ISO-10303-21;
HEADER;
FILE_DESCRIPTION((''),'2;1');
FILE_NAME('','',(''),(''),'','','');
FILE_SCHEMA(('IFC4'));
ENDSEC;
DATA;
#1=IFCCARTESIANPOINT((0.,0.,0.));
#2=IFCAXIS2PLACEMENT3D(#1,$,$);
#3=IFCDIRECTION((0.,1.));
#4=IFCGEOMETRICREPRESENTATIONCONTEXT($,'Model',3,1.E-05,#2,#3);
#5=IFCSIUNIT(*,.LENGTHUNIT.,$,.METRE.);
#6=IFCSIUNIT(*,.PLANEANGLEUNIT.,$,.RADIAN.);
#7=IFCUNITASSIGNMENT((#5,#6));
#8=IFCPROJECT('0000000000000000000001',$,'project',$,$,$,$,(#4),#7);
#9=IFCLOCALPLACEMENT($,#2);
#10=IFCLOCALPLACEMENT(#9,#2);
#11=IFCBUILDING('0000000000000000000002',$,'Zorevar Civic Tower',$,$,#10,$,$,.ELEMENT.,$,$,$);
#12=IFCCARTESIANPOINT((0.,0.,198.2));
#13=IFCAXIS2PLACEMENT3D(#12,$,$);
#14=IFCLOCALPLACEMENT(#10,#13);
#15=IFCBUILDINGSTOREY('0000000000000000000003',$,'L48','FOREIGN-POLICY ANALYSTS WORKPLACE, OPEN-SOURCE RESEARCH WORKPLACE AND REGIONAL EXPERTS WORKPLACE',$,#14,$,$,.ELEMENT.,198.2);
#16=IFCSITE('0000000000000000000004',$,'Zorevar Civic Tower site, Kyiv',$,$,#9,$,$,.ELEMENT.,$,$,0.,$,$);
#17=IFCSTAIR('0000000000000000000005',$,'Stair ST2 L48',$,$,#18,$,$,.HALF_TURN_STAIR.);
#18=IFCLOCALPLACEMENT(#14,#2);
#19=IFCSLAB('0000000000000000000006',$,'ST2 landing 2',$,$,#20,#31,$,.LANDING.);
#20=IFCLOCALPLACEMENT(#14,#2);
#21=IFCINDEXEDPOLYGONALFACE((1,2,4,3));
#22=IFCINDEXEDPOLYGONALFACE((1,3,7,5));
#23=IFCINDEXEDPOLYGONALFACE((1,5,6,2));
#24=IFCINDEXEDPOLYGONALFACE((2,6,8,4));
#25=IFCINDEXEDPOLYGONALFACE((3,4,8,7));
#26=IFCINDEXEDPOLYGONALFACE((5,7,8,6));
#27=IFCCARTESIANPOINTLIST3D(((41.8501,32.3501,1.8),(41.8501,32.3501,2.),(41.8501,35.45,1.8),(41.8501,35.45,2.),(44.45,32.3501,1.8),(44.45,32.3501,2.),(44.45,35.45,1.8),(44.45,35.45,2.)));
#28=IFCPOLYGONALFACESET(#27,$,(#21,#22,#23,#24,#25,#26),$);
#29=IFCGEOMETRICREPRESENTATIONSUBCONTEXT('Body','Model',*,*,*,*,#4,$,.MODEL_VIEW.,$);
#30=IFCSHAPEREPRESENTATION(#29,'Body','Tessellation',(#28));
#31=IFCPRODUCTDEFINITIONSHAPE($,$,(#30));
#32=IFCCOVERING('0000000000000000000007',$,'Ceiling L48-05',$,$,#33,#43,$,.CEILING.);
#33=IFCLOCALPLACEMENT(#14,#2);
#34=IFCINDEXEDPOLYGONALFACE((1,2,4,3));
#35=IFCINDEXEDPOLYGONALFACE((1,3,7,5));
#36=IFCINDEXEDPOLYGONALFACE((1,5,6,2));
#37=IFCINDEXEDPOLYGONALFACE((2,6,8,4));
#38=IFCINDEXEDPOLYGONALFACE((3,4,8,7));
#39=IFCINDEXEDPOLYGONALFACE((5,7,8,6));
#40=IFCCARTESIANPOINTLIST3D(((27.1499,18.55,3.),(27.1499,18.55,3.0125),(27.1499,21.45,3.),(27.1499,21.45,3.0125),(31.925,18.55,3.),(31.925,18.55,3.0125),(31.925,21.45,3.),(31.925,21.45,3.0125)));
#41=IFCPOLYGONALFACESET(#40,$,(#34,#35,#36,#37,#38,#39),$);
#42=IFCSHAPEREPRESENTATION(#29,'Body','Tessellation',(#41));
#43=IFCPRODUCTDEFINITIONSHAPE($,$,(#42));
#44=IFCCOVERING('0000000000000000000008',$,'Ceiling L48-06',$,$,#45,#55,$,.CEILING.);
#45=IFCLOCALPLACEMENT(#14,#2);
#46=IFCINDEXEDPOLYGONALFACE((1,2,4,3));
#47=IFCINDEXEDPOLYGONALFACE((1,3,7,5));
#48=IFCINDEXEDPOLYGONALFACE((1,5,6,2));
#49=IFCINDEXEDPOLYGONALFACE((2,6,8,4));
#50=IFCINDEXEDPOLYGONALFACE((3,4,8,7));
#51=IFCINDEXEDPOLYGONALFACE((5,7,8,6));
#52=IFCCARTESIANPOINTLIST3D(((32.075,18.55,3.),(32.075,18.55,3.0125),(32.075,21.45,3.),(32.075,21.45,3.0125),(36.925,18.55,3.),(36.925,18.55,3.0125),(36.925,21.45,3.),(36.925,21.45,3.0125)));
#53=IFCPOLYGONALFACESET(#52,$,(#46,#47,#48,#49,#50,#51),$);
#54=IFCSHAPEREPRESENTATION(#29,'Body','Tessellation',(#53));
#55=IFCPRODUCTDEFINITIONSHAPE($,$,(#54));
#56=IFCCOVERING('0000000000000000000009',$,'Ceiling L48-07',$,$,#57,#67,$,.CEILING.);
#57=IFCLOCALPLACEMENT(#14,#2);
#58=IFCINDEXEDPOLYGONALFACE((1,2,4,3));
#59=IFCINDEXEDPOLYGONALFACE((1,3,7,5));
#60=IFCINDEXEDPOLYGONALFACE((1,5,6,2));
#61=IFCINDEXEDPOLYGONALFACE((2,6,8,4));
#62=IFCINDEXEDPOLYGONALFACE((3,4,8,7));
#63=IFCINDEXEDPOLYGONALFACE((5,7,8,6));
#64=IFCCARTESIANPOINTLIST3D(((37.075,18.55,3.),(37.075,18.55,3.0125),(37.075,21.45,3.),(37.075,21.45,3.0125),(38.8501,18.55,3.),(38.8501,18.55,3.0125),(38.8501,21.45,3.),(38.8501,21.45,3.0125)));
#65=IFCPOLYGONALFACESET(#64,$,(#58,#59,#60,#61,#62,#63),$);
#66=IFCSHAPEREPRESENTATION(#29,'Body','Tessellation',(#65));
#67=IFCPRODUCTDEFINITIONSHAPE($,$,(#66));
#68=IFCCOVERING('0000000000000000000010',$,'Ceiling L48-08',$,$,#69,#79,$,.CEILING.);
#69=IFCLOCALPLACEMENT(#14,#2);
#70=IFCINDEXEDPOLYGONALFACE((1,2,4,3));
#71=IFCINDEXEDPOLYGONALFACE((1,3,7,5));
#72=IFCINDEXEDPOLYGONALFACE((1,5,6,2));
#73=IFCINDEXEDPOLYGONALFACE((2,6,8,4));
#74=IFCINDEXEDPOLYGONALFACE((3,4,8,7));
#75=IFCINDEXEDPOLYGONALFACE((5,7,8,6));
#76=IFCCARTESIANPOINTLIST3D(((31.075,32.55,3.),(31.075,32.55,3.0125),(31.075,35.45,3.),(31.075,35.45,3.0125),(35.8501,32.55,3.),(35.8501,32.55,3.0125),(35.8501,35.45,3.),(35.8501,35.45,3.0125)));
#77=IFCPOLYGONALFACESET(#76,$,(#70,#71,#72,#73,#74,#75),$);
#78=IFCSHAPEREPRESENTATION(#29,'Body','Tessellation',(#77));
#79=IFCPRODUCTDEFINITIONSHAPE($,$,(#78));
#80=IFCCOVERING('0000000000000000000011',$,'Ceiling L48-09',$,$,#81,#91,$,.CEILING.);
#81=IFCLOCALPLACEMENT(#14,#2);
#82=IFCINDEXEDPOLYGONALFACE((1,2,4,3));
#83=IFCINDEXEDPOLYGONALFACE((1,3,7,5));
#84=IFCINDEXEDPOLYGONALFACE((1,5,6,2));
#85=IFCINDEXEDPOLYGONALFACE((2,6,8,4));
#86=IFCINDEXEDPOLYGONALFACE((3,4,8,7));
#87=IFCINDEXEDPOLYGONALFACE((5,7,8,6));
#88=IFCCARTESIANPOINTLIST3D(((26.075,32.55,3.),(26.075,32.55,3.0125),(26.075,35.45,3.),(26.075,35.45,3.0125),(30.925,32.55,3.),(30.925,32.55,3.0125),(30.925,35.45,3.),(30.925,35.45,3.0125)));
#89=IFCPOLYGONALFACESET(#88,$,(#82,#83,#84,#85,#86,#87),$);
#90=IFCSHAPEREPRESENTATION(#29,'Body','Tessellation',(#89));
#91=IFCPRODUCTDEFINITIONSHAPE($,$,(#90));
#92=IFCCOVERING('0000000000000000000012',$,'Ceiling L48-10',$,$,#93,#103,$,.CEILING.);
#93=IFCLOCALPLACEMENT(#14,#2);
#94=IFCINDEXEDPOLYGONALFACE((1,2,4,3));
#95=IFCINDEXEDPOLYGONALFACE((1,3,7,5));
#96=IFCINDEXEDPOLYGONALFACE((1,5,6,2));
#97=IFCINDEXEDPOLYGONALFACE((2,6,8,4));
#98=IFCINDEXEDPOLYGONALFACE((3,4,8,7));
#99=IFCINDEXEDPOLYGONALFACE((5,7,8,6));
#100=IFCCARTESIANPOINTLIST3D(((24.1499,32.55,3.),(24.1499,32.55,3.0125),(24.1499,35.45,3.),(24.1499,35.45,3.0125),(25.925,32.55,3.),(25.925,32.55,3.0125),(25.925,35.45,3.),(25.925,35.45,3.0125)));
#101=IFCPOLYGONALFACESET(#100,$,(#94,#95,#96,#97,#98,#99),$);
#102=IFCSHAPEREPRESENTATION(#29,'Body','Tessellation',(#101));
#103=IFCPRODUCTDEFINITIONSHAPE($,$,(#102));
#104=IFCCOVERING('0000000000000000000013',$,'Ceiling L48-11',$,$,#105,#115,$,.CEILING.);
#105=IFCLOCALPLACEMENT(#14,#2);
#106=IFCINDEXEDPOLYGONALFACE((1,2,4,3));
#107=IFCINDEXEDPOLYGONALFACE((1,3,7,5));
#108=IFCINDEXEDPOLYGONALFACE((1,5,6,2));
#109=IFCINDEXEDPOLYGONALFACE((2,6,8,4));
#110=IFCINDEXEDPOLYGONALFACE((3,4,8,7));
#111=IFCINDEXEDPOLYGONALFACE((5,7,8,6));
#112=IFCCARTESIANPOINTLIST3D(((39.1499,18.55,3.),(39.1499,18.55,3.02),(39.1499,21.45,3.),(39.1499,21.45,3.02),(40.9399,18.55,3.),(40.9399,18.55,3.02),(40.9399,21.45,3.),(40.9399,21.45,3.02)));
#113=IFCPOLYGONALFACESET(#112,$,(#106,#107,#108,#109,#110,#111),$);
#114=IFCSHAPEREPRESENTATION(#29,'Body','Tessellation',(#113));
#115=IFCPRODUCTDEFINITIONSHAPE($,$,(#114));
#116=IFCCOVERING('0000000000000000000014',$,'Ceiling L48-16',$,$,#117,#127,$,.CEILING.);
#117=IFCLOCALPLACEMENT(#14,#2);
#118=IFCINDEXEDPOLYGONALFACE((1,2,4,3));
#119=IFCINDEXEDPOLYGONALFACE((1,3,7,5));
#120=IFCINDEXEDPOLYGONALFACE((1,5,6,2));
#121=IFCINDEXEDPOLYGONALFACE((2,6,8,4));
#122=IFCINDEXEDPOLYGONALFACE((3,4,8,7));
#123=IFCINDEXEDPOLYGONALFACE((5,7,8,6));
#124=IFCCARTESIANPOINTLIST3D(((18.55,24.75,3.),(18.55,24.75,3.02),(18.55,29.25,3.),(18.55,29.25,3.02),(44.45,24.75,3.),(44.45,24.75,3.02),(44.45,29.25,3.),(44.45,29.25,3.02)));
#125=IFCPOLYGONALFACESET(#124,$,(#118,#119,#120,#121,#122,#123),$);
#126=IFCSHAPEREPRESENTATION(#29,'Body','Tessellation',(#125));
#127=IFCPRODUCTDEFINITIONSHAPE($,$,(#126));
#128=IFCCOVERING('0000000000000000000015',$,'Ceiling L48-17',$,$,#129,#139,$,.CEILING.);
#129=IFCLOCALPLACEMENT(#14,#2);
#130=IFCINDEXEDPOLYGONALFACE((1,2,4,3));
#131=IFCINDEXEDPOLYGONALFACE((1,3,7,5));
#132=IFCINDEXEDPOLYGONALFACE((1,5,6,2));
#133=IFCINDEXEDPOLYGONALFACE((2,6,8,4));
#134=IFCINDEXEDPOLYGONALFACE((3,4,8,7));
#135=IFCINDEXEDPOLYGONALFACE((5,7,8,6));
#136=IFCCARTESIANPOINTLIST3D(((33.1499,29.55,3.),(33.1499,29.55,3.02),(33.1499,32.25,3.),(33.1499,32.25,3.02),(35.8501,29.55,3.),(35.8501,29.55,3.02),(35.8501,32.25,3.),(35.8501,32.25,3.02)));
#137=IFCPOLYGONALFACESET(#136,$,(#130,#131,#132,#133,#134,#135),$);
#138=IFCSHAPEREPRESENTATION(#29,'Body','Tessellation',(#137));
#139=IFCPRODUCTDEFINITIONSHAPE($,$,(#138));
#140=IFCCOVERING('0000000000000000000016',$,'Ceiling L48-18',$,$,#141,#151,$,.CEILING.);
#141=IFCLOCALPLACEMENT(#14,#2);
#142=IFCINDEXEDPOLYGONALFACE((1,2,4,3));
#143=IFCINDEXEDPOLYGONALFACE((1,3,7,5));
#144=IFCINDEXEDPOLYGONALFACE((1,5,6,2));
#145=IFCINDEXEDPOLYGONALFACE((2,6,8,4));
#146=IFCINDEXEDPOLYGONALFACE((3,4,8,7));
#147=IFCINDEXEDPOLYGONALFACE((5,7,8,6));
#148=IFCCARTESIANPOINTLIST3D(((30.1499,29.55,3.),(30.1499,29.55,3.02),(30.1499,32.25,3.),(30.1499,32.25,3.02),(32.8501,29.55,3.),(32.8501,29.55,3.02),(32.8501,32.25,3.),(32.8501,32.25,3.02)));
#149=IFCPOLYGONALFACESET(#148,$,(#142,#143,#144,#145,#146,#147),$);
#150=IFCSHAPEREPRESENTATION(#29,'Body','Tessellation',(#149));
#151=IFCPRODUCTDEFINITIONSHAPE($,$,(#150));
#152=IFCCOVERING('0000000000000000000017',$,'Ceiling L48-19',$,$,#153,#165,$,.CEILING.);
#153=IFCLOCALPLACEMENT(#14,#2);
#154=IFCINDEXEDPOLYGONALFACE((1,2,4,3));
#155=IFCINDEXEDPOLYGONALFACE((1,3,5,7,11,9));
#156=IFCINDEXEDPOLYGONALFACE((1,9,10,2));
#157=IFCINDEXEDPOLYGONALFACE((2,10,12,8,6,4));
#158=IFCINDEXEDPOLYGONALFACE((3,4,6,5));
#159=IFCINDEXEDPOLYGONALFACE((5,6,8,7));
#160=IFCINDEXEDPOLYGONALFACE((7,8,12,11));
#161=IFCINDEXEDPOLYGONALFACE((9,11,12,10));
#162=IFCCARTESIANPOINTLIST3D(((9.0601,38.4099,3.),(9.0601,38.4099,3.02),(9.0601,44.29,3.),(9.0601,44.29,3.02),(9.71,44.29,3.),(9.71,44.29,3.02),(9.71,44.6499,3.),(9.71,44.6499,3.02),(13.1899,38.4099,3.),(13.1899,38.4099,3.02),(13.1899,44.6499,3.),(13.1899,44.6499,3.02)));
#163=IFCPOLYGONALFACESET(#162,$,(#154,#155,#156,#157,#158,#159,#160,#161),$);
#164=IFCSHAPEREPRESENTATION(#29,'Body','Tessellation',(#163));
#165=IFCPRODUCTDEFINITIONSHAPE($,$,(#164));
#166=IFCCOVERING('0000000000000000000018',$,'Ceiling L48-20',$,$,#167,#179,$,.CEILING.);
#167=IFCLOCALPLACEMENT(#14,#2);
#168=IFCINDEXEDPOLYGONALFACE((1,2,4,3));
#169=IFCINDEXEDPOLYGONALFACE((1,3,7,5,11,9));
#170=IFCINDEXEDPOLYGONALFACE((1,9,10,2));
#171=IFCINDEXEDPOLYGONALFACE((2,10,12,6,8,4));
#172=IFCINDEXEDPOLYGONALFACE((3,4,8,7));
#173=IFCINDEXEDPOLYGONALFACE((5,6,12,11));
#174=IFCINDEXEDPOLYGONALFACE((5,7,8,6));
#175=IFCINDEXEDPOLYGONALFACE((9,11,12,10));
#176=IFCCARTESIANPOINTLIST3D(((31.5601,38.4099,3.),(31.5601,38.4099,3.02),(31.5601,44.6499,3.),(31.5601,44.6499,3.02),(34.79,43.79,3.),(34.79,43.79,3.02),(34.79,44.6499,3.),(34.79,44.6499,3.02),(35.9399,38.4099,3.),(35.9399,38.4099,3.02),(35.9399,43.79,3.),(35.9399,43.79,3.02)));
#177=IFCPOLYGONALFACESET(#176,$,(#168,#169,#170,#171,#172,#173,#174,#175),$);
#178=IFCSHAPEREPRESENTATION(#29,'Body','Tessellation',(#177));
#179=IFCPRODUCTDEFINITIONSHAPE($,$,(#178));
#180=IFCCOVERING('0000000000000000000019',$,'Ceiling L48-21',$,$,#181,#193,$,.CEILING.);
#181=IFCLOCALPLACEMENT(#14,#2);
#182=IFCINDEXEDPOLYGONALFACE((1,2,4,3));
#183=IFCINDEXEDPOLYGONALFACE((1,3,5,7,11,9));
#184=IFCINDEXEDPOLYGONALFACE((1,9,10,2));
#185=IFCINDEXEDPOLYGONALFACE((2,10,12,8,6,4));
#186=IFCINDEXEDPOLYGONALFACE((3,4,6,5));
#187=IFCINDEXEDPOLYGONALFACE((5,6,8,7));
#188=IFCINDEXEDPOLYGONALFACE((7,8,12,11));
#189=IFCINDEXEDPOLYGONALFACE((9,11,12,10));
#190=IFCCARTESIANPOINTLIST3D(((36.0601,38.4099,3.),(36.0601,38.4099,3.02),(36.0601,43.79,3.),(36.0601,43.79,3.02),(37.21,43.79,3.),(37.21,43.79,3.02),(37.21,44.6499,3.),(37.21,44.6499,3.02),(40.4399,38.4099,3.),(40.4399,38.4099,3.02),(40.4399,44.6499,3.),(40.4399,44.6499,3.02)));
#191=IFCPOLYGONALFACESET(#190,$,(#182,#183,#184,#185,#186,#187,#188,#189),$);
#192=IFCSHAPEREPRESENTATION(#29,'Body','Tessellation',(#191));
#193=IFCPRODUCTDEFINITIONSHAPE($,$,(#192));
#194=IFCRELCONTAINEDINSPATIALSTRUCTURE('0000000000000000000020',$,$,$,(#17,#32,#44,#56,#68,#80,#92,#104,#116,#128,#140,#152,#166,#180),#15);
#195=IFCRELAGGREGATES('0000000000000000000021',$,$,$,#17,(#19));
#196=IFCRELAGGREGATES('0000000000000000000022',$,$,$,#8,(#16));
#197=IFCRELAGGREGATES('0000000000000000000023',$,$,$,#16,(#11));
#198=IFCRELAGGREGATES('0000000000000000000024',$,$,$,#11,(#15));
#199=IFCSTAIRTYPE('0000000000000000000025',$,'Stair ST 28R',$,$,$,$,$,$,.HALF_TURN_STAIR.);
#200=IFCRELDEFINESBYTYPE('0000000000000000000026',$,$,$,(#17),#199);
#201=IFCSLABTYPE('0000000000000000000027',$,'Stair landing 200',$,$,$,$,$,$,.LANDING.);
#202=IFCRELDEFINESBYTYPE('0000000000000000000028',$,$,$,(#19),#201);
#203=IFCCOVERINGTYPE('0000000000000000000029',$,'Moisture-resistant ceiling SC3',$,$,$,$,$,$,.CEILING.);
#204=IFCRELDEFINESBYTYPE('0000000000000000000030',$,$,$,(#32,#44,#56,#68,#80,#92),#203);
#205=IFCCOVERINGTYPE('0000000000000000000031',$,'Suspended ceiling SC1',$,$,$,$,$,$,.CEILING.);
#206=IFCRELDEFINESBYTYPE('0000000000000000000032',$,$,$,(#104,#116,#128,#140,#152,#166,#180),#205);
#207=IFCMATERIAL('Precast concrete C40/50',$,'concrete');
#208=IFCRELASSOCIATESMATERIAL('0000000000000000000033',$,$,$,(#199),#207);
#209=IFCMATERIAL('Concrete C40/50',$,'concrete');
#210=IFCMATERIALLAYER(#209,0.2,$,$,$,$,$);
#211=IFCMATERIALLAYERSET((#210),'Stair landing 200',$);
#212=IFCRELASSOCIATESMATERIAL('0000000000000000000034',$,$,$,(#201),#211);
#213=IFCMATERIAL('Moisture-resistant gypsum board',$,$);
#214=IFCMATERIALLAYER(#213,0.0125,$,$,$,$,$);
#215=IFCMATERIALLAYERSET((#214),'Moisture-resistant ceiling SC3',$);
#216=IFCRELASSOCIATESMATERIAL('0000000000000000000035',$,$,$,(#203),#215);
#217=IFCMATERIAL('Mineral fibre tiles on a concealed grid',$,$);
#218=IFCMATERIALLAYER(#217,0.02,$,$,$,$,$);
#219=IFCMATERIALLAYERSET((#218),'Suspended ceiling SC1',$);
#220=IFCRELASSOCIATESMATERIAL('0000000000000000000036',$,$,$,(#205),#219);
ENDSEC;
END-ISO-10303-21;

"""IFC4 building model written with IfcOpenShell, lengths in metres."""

from ifc_helpers import new_model, si_unit, direction, frame, origin, place, context, subcontext, project, spatial, polyline, outline, extrude, material, layer, layer_set, type_object, element, aggregate, save


model = new_model("IFC4")

# Units and contexts
model_context = context("Model", 3, precision=1e-05, world=origin(), true_north=direction((0.0, 1.0)))
body_context = subcontext(model_context, "Body", "Model", "MODEL_VIEW")
ifc_project = project(units=[si_unit("LENGTHUNIT", "METRE"), si_unit("PLANEANGLEUNIT", "RADIAN")], contexts=[model_context])

# Site, building, storey
site_placement = place(None, origin())
site = spatial("IfcSite", under=ifc_project, at=site_placement, Name="Zorevar Civic Tower site, Kyiv", CompositionType="ELEMENT", RefElevation=0.0)
building_placement = place(site_placement, origin())
building = spatial("IfcBuilding", under=site, at=building_placement, Name="Zorevar Civic Tower", CompositionType="ELEMENT")
storey_placement = place(building_placement, frame((0.0, 0.0, 198.2)))
storey = spatial("IfcBuildingStorey", under=building, at=storey_placement, Name="L48", Description="FOREIGN-POLICY ANALYSTS WORKPLACE, OPEN-SOURCE RESEARCH WORKPLACE AND REGIONAL EXPERTS WORKPLACE", CompositionType="ELEMENT", Elevation=198.2)

# Stair, slab
ifc_material_1 = material(Name="Precast concrete C40/50", Category="concrete")
stair_type = type_object("IfcStairType", Name="Stair ST 28R", PredefinedType="HALF_TURN_STAIR", material=ifc_material_1)
ifc_material_2 = material(Name="Concrete C40/50", Category="concrete")
ifc_layer_1 = layer(ifc_material_2, 0.2)
ifc_layer_set_1 = layer_set([ifc_layer_1], Name="Stair landing 200")
slab_type_1 = type_object("IfcSlabType", Name="Stair landing 200", PredefinedType="LANDING", material=ifc_layer_set_1)
stair_1_placement = place(storey_placement, origin())
stair_1 = element("IfcStair", 1, at=stair_1_placement, inside=storey, type_object=stair_type, Name="Stair ST2 L48", PredefinedType="HALF_TURN_STAIR")
slab_1_placement = place(storey_placement, frame((0.0, 0.0, 1.8)))
slab_1 = element("IfcSlab", 2, at=slab_1_placement, type_object=slab_type_1, Name="ST2 landing 2", PredefinedType="LANDING", context=body_context, shape_type="SweptSolid", body=[
    extrude(outline(polyline([(44.45, 32.3501), (41.8501, 32.3501), (41.8501, 35.45), (44.45, 35.45), (44.45, 32.3501)])), origin(), (0.0, 0.0, 1.0), 0.2),
])
aggregate(stair_1, [slab_1])

# Coverings
ifc_material_3 = material(Name="Moisture-resistant gypsum board")
ifc_layer_2 = layer(ifc_material_3, 0.0125)
ifc_layer_set_2 = layer_set([ifc_layer_2], Name="Moisture-resistant ceiling SC3")
covering_type_1 = type_object("IfcCoveringType", Name="Moisture-resistant ceiling SC3", PredefinedType="CEILING", material=ifc_layer_set_2)
covering_1_placement = place(storey_placement, frame((0.0, 0.0, 3.0)))
element("IfcCovering", 3, at=covering_1_placement, inside=storey, type_object=covering_type_1, Name="Ceiling L48-05", PredefinedType="CEILING", context=body_context, shape_type="SweptSolid", body=[
    extrude(outline(polyline([(31.925, 18.55), (31.925, 21.45), (27.1499, 21.45), (27.1499, 18.55), (31.925, 18.55)])), origin(), (0.0, 0.0, 1.0), 0.0125),
])
covering_2_placement = place(storey_placement, frame((0.0, 0.0, 3.0)))
element("IfcCovering", 4, at=covering_2_placement, inside=storey, type_object=covering_type_1, Name="Ceiling L48-06", PredefinedType="CEILING", context=body_context, shape_type="SweptSolid", body=[
    extrude(outline(polyline([(36.925, 18.55), (36.925, 21.45), (32.075, 21.45), (32.075, 18.55), (36.925, 18.55)])), origin(), (0.0, 0.0, 1.0), 0.0125),
])
covering_3_placement = place(storey_placement, frame((0.0, 0.0, 3.0)))
element("IfcCovering", 5, at=covering_3_placement, inside=storey, type_object=covering_type_1, Name="Ceiling L48-07", PredefinedType="CEILING", context=body_context, shape_type="SweptSolid", body=[
    extrude(outline(polyline([(38.8501, 18.55), (38.8501, 21.45), (37.075, 21.45), (37.075, 18.55), (38.8501, 18.55)])), origin(), (0.0, 0.0, 1.0), 0.0125),
])
covering_4_placement = place(storey_placement, frame((0.0, 0.0, 3.0)))
element("IfcCovering", 6, at=covering_4_placement, inside=storey, type_object=covering_type_1, Name="Ceiling L48-08", PredefinedType="CEILING", context=body_context, shape_type="SweptSolid", body=[
    extrude(outline(polyline([(35.8501, 32.55), (35.8501, 35.45), (31.075, 35.45), (31.075, 32.55), (35.8501, 32.55)])), origin(), (0.0, 0.0, 1.0), 0.0125),
])
covering_5_placement = place(storey_placement, frame((0.0, 0.0, 3.0)))
element("IfcCovering", 7, at=covering_5_placement, inside=storey, type_object=covering_type_1, Name="Ceiling L48-09", PredefinedType="CEILING", context=body_context, shape_type="SweptSolid", body=[
    extrude(outline(polyline([(30.925, 32.55), (30.925, 35.45), (26.075, 35.45), (26.075, 32.55), (30.925, 32.55)])), origin(), (0.0, 0.0, 1.0), 0.0125),
])
covering_6_placement = place(storey_placement, frame((0.0, 0.0, 3.0)))
element("IfcCovering", 8, at=covering_6_placement, inside=storey, type_object=covering_type_1, Name="Ceiling L48-10", PredefinedType="CEILING", context=body_context, shape_type="SweptSolid", body=[
    extrude(outline(polyline([(25.925, 32.55), (25.925, 35.45), (24.1499, 35.45), (24.1499, 32.55), (25.925, 32.55)])), origin(), (0.0, 0.0, 1.0), 0.0125),
])
ifc_material_4 = material(Name="Mineral fibre tiles on a concealed grid")
ifc_layer_3 = layer(ifc_material_4, 0.02)
ifc_layer_set_3 = layer_set([ifc_layer_3], Name="Suspended ceiling SC1")
covering_type_2 = type_object("IfcCoveringType", Name="Suspended ceiling SC1", PredefinedType="CEILING", material=ifc_layer_set_3)
covering_7_placement = place(storey_placement, frame((0.0, 0.0, 3.0)))
element("IfcCovering", 9, at=covering_7_placement, inside=storey, type_object=covering_type_2, Name="Ceiling L48-11", PredefinedType="CEILING", context=body_context, shape_type="SweptSolid", body=[
    extrude(outline(polyline([(40.9399, 18.55), (40.9399, 21.45), (39.1499, 21.45), (39.1499, 18.55), (40.9399, 18.55)])), origin(), (0.0, 0.0, 1.0), 0.02),
])
covering_8_placement = place(storey_placement, frame((0.0, 0.0, 3.0)))
element("IfcCovering", 10, at=covering_8_placement, inside=storey, type_object=covering_type_2, Name="Ceiling L48-16", PredefinedType="CEILING", context=body_context, shape_type="SweptSolid", body=[
    extrude(outline(polyline([(44.45, 24.75), (44.45, 29.25), (18.55, 29.25), (18.55, 24.75), (44.45, 24.75)])), origin(), (0.0, 0.0, 1.0), 0.02),
])
covering_9_placement = place(storey_placement, frame((0.0, 0.0, 3.0)))
element("IfcCovering", 11, at=covering_9_placement, inside=storey, type_object=covering_type_2, Name="Ceiling L48-17", PredefinedType="CEILING", context=body_context, shape_type="SweptSolid", body=[
    extrude(outline(polyline([(35.8501, 29.55), (35.8501, 32.25), (33.1499, 32.25), (33.1499, 29.55), (35.8501, 29.55)])), origin(), (0.0, 0.0, 1.0), 0.02),
])
covering_10_placement = place(storey_placement, frame((0.0, 0.0, 3.0)))
element("IfcCovering", 12, at=covering_10_placement, inside=storey, type_object=covering_type_2, Name="Ceiling L48-18", PredefinedType="CEILING", context=body_context, shape_type="SweptSolid", body=[
    extrude(outline(polyline([(32.8501, 29.55), (32.8501, 32.25), (30.1499, 32.25), (30.1499, 29.55), (32.8501, 29.55)])), origin(), (0.0, 0.0, 1.0), 0.02),
])
covering_11_placement = place(storey_placement, frame((0.0, 0.0, 3.0)))
element("IfcCovering", 13, at=covering_11_placement, inside=storey, type_object=covering_type_2, Name="Ceiling L48-19", PredefinedType="CEILING", context=body_context, shape_type="SweptSolid", body=[
    extrude(outline(polyline([(9.0601, 38.4099), (9.0601, 44.29), (9.71, 44.29), (9.71, 44.6499), (13.1899, 44.6499), (13.1899, 38.4099), (9.0601, 38.4099)])), origin(), (0.0, 0.0, 1.0), 0.02),
])
covering_12_placement = place(storey_placement, frame((0.0, 0.0, 3.0)))
element("IfcCovering", 14, at=covering_12_placement, inside=storey, type_object=covering_type_2, Name="Ceiling L48-20", PredefinedType="CEILING", context=body_context, shape_type="SweptSolid", body=[
    extrude(outline(polyline([(31.5601, 38.4099), (31.5601, 44.6499), (34.79, 44.6499), (34.79, 43.79), (35.9399, 43.79), (35.9399, 38.4099), (31.5601, 38.4099)])), origin(), (0.0, 0.0, 1.0), 0.02),
])
covering_13_placement = place(storey_placement, frame((0.0, 0.0, 3.0)))
element("IfcCovering", 15, at=covering_13_placement, inside=storey, type_object=covering_type_2, Name="Ceiling L48-21", PredefinedType="CEILING", context=body_context, shape_type="SweptSolid", body=[
    extrude(outline(polyline([(36.0601, 38.4099), (36.0601, 43.79), (37.21, 43.79), (37.21, 44.6499), (40.4399, 44.6499), (40.4399, 38.4099), (36.0601, 38.4099)])), origin(), (0.0, 0.0, 1.0), 0.02),
])

save(model, "model.ifc")
